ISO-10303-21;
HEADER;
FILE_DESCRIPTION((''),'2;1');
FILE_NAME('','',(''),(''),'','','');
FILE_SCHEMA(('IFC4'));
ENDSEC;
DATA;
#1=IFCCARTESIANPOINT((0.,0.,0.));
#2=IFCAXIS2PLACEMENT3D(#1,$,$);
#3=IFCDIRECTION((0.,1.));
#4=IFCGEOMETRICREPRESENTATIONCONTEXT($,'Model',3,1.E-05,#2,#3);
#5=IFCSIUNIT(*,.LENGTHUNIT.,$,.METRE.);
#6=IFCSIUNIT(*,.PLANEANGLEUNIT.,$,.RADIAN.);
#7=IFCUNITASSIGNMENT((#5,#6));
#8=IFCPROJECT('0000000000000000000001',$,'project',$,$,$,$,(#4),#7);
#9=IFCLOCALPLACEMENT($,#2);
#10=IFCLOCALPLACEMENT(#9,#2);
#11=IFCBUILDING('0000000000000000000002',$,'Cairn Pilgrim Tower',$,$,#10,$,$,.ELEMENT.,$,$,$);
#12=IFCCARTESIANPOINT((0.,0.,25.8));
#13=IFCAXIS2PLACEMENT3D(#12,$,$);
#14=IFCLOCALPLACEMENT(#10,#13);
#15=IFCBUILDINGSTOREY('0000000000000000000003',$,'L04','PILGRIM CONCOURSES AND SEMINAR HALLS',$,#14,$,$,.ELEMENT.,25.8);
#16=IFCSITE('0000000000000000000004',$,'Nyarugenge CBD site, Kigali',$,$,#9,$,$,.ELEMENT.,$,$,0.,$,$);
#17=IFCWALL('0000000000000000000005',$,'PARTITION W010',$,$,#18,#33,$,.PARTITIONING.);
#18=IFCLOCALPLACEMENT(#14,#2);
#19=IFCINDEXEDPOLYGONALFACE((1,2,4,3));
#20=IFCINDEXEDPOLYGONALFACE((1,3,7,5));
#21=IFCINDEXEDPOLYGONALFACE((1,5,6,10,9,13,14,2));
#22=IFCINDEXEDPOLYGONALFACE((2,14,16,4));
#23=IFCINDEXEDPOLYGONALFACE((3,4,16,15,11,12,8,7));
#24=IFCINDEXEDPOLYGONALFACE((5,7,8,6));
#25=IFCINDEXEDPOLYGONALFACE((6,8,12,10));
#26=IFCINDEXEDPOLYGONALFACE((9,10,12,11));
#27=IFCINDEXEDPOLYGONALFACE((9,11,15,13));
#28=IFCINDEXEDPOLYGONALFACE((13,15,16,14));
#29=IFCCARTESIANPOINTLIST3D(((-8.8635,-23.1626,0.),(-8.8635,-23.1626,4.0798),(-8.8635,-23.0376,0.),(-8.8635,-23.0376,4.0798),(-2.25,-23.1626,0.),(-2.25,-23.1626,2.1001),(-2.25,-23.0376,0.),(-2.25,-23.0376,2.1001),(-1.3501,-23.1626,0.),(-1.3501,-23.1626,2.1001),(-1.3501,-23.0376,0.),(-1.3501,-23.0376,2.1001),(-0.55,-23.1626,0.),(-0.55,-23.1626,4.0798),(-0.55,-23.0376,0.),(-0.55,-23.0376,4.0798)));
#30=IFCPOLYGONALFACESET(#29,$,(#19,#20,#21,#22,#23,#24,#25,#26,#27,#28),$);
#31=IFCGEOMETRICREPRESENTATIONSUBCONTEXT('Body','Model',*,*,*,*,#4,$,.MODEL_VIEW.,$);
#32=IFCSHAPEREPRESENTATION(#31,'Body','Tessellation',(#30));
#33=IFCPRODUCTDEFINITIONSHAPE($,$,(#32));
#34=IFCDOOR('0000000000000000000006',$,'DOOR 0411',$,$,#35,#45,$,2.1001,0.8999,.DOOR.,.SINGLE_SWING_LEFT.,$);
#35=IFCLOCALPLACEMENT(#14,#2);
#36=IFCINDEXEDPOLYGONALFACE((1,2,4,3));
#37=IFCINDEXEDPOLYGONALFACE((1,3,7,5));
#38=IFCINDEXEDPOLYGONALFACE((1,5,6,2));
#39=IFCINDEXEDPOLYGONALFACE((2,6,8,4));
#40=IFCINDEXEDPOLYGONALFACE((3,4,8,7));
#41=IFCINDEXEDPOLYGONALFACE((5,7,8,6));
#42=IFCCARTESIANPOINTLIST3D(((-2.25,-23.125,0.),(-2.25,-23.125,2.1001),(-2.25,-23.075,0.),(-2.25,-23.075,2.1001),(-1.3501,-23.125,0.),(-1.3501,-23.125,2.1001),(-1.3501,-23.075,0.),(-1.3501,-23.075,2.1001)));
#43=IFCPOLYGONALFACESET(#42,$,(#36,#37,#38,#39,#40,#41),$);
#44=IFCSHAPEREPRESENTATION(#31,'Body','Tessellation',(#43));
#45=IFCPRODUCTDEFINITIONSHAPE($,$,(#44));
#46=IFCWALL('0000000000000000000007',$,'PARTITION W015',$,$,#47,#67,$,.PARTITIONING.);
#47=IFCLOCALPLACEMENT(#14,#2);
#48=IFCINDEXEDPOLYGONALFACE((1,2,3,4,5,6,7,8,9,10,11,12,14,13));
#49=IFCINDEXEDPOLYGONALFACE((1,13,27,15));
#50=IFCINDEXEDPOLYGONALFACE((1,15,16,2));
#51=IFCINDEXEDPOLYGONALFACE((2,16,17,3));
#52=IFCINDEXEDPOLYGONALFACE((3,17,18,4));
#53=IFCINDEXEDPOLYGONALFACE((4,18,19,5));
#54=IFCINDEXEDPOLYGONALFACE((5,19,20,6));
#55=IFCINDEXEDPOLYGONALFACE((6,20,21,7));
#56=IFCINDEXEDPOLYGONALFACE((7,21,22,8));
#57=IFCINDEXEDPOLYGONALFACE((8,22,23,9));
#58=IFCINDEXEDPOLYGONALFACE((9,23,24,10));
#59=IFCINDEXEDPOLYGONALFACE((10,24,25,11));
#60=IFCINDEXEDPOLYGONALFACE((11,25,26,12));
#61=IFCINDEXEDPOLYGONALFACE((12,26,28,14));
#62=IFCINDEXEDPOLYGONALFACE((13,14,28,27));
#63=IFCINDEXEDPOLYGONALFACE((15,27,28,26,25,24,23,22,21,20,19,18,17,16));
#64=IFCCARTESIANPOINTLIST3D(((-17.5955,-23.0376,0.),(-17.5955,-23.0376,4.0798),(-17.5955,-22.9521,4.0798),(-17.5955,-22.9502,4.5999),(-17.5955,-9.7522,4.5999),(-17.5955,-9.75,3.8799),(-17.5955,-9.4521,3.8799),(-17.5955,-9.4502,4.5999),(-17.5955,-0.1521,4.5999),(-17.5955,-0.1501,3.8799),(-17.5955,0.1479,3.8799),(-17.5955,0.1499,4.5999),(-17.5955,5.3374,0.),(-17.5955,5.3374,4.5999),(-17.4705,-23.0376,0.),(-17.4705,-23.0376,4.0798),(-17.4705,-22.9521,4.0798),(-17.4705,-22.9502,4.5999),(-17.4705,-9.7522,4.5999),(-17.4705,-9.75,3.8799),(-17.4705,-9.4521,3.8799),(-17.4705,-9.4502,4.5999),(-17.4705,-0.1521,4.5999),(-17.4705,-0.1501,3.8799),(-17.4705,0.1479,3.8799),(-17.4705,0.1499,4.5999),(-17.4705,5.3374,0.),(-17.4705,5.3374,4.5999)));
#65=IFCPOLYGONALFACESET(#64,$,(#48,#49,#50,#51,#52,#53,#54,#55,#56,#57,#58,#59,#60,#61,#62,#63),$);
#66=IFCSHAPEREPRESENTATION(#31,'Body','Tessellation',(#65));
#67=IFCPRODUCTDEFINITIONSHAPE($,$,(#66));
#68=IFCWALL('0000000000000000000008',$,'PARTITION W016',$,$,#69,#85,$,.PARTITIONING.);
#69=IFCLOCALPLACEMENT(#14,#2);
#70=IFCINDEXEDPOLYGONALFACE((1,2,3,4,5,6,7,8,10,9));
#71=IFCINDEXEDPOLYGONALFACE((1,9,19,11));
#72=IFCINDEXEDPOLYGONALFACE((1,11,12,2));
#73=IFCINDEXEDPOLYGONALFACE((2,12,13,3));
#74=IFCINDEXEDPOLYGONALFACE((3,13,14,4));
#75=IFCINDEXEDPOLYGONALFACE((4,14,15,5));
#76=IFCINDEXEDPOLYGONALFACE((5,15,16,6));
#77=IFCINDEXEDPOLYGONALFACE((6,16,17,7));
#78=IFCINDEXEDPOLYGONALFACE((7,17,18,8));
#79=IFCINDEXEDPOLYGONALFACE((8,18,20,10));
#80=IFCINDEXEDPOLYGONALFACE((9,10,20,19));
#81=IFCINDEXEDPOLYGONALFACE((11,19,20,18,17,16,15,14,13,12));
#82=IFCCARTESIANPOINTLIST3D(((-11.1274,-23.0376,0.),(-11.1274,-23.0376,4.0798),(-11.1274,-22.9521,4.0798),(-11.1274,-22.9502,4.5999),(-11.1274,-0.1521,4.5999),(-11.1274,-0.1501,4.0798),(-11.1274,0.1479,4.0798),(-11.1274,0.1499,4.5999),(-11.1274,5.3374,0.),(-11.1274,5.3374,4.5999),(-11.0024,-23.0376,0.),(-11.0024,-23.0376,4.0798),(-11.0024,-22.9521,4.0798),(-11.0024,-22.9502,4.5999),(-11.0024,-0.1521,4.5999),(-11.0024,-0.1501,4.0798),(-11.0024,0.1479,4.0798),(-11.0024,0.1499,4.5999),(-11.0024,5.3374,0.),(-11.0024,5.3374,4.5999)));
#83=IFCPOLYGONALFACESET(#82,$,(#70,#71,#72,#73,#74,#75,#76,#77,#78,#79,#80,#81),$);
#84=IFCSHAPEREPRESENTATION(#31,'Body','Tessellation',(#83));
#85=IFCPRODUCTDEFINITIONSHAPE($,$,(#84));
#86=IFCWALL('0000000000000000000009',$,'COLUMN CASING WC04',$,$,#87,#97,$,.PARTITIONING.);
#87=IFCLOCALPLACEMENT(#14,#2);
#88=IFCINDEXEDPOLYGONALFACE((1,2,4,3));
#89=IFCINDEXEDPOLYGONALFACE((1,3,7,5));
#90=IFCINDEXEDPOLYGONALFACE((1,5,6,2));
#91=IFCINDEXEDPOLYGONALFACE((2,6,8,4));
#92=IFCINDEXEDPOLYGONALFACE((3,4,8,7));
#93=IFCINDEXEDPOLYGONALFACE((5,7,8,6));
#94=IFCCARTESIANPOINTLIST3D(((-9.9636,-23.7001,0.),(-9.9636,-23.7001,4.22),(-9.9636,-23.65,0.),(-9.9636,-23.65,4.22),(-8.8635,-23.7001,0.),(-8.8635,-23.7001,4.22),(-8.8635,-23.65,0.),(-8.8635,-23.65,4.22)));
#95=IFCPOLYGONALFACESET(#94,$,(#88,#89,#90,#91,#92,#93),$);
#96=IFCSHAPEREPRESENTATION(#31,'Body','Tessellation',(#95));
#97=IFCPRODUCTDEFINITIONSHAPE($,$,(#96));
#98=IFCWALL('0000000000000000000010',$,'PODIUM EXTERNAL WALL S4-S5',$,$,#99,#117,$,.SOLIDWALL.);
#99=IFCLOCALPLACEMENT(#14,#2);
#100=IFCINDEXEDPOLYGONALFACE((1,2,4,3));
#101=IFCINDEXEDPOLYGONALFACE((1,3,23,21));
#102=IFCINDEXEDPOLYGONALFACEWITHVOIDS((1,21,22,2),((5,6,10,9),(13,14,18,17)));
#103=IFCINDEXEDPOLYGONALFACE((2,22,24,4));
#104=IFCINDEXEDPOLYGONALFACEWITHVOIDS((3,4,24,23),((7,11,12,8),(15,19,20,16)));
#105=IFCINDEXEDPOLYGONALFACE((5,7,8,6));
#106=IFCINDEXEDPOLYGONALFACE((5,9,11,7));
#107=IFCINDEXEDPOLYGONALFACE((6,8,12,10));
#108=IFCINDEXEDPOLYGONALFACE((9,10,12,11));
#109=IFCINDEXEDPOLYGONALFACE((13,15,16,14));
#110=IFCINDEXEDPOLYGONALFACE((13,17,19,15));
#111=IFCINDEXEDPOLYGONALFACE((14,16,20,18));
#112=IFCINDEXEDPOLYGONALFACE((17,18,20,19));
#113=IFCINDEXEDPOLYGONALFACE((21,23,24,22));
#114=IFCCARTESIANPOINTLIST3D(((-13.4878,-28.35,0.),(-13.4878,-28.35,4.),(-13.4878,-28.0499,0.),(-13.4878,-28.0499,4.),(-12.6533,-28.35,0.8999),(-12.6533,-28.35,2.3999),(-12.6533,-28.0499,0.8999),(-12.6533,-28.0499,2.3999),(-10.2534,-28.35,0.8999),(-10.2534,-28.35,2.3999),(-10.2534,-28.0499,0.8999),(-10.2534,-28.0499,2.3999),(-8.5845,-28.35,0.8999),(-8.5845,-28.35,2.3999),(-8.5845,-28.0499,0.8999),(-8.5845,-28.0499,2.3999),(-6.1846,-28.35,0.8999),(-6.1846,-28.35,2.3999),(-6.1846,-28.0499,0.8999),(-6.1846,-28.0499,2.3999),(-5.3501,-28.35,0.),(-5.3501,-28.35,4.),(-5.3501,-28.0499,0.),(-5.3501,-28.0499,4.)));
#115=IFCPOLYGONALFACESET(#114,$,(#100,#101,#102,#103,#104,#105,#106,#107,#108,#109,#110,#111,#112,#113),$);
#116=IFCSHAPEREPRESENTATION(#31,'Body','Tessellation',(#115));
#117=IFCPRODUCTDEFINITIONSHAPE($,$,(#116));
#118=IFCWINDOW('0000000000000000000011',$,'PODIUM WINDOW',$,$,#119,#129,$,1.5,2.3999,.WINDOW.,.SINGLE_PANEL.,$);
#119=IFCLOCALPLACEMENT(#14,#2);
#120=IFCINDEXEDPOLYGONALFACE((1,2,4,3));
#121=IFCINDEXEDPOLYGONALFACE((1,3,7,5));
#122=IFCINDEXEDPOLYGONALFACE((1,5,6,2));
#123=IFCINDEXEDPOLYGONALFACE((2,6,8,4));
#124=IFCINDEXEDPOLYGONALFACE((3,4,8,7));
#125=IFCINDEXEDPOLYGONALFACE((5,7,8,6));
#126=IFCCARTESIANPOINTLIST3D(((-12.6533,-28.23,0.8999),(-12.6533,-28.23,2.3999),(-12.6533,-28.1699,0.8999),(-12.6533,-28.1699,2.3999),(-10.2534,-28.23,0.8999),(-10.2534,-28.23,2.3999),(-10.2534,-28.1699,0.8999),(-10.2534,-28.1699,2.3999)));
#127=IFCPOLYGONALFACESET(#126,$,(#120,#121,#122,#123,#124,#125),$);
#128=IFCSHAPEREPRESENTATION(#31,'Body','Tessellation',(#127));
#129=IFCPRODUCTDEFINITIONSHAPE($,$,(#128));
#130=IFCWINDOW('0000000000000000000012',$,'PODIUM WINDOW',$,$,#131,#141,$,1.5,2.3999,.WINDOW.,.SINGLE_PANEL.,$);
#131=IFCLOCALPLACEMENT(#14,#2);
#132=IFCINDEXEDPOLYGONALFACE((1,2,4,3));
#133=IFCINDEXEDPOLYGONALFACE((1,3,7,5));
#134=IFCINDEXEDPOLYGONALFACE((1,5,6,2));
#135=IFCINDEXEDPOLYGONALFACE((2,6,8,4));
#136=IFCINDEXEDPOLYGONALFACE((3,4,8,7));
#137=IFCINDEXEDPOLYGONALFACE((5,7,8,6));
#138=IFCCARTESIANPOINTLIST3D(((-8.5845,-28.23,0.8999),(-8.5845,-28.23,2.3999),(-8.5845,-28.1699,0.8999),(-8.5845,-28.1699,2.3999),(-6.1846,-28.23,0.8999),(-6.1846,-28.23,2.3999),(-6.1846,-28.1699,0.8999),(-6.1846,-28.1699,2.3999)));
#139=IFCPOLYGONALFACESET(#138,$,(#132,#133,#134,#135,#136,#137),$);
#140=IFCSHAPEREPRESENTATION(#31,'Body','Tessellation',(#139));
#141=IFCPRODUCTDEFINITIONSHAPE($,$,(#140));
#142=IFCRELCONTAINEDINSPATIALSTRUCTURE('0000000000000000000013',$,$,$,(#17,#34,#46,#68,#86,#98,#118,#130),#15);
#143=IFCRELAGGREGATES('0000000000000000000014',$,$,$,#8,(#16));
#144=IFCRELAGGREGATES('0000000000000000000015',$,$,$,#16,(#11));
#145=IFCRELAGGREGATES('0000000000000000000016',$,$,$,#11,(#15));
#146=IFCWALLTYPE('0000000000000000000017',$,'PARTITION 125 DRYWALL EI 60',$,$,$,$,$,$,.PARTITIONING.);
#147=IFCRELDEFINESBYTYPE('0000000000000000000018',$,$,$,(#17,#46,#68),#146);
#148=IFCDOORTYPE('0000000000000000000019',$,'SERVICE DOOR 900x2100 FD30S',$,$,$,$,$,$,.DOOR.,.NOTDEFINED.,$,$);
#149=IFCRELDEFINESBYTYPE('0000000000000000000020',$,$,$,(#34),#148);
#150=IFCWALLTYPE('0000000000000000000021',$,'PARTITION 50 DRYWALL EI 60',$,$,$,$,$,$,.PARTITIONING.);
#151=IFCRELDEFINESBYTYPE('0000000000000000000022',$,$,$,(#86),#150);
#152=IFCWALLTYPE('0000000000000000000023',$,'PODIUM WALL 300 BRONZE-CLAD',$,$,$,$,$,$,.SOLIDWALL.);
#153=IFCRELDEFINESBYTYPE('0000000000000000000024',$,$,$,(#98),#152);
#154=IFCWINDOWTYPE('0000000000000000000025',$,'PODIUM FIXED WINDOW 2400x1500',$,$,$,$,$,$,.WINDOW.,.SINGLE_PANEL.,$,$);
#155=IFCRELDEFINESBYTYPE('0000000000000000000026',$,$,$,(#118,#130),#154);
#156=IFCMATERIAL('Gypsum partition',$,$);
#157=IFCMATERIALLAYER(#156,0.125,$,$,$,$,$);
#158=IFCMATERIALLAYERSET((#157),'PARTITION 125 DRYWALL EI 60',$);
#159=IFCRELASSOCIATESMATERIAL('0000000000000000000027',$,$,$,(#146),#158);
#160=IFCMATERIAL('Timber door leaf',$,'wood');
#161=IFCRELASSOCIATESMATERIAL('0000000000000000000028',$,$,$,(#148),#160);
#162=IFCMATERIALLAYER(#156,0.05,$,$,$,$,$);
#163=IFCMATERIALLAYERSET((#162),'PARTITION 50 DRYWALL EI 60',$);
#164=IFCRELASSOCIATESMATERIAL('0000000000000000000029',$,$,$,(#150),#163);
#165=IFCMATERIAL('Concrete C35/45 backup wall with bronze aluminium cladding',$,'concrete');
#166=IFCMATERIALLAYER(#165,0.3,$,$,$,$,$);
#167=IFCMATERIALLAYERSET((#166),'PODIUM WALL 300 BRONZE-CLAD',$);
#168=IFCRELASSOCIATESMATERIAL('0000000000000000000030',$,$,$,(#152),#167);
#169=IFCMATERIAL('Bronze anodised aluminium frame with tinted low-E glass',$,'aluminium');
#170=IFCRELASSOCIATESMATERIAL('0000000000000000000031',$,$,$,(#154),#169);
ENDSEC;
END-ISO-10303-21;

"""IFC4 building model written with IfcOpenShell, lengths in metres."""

from ifc_helpers import new_model, si_unit, direction, frame, frame_2d, origin, place, context, subcontext, project, spatial, polyline, rectangle, outline, extrude, material, layer, layer_set, type_object, element, fill, save


model = new_model("IFC4")

# Units and contexts
model_context = context("Model", 3, precision=1e-05, world=origin(), true_north=direction((0.0, 1.0)))
body_context = subcontext(model_context, "Body", "Model", "MODEL_VIEW")
ifc_project = project(units=[si_unit("LENGTHUNIT", "METRE"), si_unit("PLANEANGLEUNIT", "RADIAN")], contexts=[model_context])

# Site, building, storey
site_placement = place(None, origin())
site = spatial("IfcSite", under=ifc_project, at=site_placement, Name="Nyarugenge CBD site, Kigali", CompositionType="ELEMENT", RefElevation=0.0)
building_placement = place(site_placement, origin())
building = spatial("IfcBuilding", under=site, at=building_placement, Name="Cairn Pilgrim Tower", CompositionType="ELEMENT")
storey_placement = place(building_placement, frame((0.0, 0.0, 25.8)))
storey = spatial("IfcBuildingStorey", under=building, at=storey_placement, Name="L04", Description="PILGRIM CONCOURSES AND SEMINAR HALLS", CompositionType="ELEMENT", Elevation=25.8)

# Shared definitions
ifc_material_1 = material(Name="Gypsum partition")
ifc_layer_1 = layer(ifc_material_1, 0.125)
ifc_layer_set_1 = layer_set([ifc_layer_1], Name="PARTITION 125 DRYWALL EI 60")
wall_type_1 = type_object("IfcWallType", Name="PARTITION 125 DRYWALL EI 60", PredefinedType="PARTITIONING", material=ifc_layer_set_1)

# Wall, opening, door
wall_1_placement = place(storey_placement, frame((-8.8635, -23.1001, 0.0), z_axis=(0.0, 0.0, 1.0), x_axis=(1.0, 0.0, 0.0)))
wall_1 = element("IfcWall", 1, at=wall_1_placement, inside=storey, type_object=wall_type_1, Name="PARTITION W010", PredefinedType="PARTITIONING", context=body_context, shape_type="SweptSolid", body=[
    extrude(rectangle(XDim=8.3135, YDim=0.125, at=frame_2d((4.1567, 0.0))), origin(), (0.0, 0.0, 1.0), 4.0798),
])
opening_1_placement = place(wall_1_placement, frame((6.6135, 0.0, 0.0)))
opening_1 = element("IfcOpeningElement", 2, at=opening_1_placement, cuts=wall_1, PredefinedType="OPENING", context=body_context, shape_type="SweptSolid", body=[
    extrude(rectangle(XDim=0.8999, YDim=2.1001, at=frame_2d((0.45, 1.05))), frame((0.0, 0.0725, 0.0), z_axis=(0.0, -1.0, 0.0), x_axis=(1.0, 0.0, 0.0)), (0.0, 0.0, 1.0), 0.145),
])
ifc_material_2 = material(Name="Timber door leaf", Category="wood")
door_type = type_object("IfcDoorType", Name="SERVICE DOOR 900x2100 FD30S", OperationType="NOTDEFINED", PredefinedType="DOOR", material=ifc_material_2)
door_placement = place(opening_1_placement, frame((0.8999, 0.0, 0.0), z_axis=(0.0, 0.0, 1.0), x_axis=(-1.0, 0.0, 0.0)))
door = element("IfcDoor", 3, at=door_placement, inside=storey, type_object=door_type, Name="DOOR 0411", OperationType="SINGLE_SWING_LEFT", OverallHeight=2.1001, OverallWidth=0.8999, PredefinedType="DOOR", context=body_context, shape_type="SweptSolid", body=[
    extrude(rectangle(XDim=0.8999, YDim=2.1001, at=frame_2d((0.45, 1.05))), frame((0.0, 0.0249, 0.0), z_axis=(0.0, -1.0, 0.0), x_axis=(1.0, 0.0, 0.0)), (0.0, 0.0, 1.0), 0.05),
])
fill(opening_1, door)

# Walls
wall_2_placement = place(storey_placement, frame((-17.533, -23.0376, 0.0), z_axis=(0.0, 0.0, 1.0), x_axis=(0.0, 1.0, 0.0)))
element("IfcWall", 4, at=wall_2_placement, inside=storey, type_object=wall_type_1, Name="PARTITION W015", PredefinedType="PARTITIONING", context=body_context, shape_type="SweptSolid", body=[
    extrude(outline(polyline([(0.0, 0.0), (28.375, 0.0), (28.375, 4.5999), (23.1875, 4.5999), (23.1855, 3.8799), (22.8875, 3.8799), (22.8855, 4.5999), (13.5874, 4.5999), (13.5854, 3.8799), (13.2876, 3.8799), (13.2854, 4.5999), (0.0874, 4.5999), (0.0854, 4.0798), (0.0, 4.0798), (0.0, 0.0)])), frame((0.0, 0.0625, 0.0), z_axis=(0.0, -1.0, 0.0), x_axis=(1.0, 0.0, 0.0)), (0.0, 0.0, 1.0), 0.125),
])
wall_3_placement = place(storey_placement, frame((-11.0649, -23.0376, 0.0), z_axis=(0.0, 0.0, 1.0), x_axis=(0.0, 1.0, 0.0)))
element("IfcWall", 5, at=wall_3_placement, inside=storey, type_object=wall_type_1, Name="PARTITION W016", PredefinedType="PARTITIONING", context=body_context, shape_type="SweptSolid", body=[
    extrude(outline(polyline([(0.0, 0.0), (28.375, 0.0), (28.375, 4.5999), (23.1875, 4.5999), (23.1855, 4.0798), (22.8875, 4.0798), (22.8855, 4.5999), (0.0874, 4.5999), (0.0854, 4.0798), (0.0, 4.0798), (0.0, 0.0)])), frame((0.0, 0.0625, 0.0), z_axis=(0.0, -1.0, 0.0), x_axis=(1.0, 0.0, 0.0)), (0.0, 0.0, 1.0), 0.125),
])
ifc_layer_2 = layer(ifc_material_1, 0.05)
ifc_layer_set_2 = layer_set([ifc_layer_2], Name="PARTITION 50 DRYWALL EI 60")
wall_type_2 = type_object("IfcWallType", Name="PARTITION 50 DRYWALL EI 60", PredefinedType="PARTITIONING", material=ifc_layer_set_2)
wall_4_placement = place(storey_placement, frame((-9.9636, -23.675, 0.0), z_axis=(0.0, 0.0, 1.0), x_axis=(1.0, 0.0, 0.0)))
element("IfcWall", 6, at=wall_4_placement, inside=storey, type_object=wall_type_2, Name="COLUMN CASING WC04", PredefinedType="PARTITIONING", context=body_context, shape_type="SweptSolid", body=[
    extrude(rectangle(XDim=1.1001, YDim=0.05, at=frame_2d((0.55, 0.0))), origin(), (0.0, 0.0, 1.0), 4.22),
])

# Wall, openings, windows
ifc_material_3 = material(Name="Concrete C35/45 backup wall with bronze aluminium cladding", Category="concrete")
ifc_layer_3 = layer(ifc_material_3, 0.3)
ifc_layer_set_3 = layer_set([ifc_layer_3], Name="PODIUM WALL 300 BRONZE-CLAD")
wall_type_3 = type_object("IfcWallType", Name="PODIUM WALL 300 BRONZE-CLAD", PredefinedType="SOLIDWALL", material=ifc_layer_set_3)
wall_5_placement = place(storey_placement, frame((-13.4878, -28.2, 0.0), z_axis=(0.0, 0.0, 1.0), x_axis=(1.0, 0.0, 0.0)))
wall_5 = element("IfcWall", 7, at=wall_5_placement, inside=storey, type_object=wall_type_3, Name="PODIUM EXTERNAL WALL S4-S5", PredefinedType="SOLIDWALL", context=body_context, shape_type="SweptSolid", body=[
    extrude(rectangle(XDim=8.1377, YDim=0.3, at=frame_2d((4.0688, 0.0))), origin(), (0.0, 0.0, 1.0), 4.0),
])
opening_2_placement = place(wall_5_placement, frame((0.8345, 0.0, 0.8999)))
opening_2 = element("IfcOpeningElement", 8, at=opening_2_placement, cuts=wall_5, PredefinedType="OPENING", context=body_context, shape_type="SweptSolid", body=[
    extrude(rectangle(XDim=2.3999, YDim=1.5, at=frame_2d((1.2, 0.75))), frame((0.0, 0.1602, 0.0), z_axis=(0.0, -1.0, 0.0), x_axis=(1.0, 0.0, 0.0)), (0.0, 0.0, 1.0), 0.3201),
])
opening_3_placement = place(wall_5_placement, frame((4.9033, 0.0, 0.8999)))
opening_3 = element("IfcOpeningElement", 9, at=opening_3_placement, cuts=wall_5, PredefinedType="OPENING", context=body_context, shape_type="SweptSolid", body=[
    extrude(rectangle(XDim=2.3999, YDim=1.5, at=frame_2d((1.2, 0.75))), frame((0.0, 0.1602, 0.0), z_axis=(0.0, -1.0, 0.0), x_axis=(1.0, 0.0, 0.0)), (0.0, 0.0, 1.0), 0.3201),
])
ifc_material_4 = material(Name="Bronze anodised aluminium frame with tinted low-E glass", Category="aluminium")
window_type = type_object("IfcWindowType", Name="PODIUM FIXED WINDOW 2400x1500", PartitioningType="SINGLE_PANEL", PredefinedType="WINDOW", material=ifc_material_4)
window_1_placement = place(opening_2_placement, origin())
window_1 = element("IfcWindow", 10, at=window_1_placement, inside=storey, type_object=window_type, Name="PODIUM WINDOW", OverallHeight=1.5, OverallWidth=2.3999, PartitioningType="SINGLE_PANEL", PredefinedType="WINDOW", context=body_context, shape_type="SweptSolid", body=[
    extrude(rectangle(XDim=2.3999, YDim=1.5, at=frame_2d((1.2, 0.75))), frame((0.0, 0.03, 0.0), z_axis=(0.0, -1.0, 0.0), x_axis=(1.0, 0.0, 0.0)), (0.0, 0.0, 1.0), 0.0601),
])
fill(opening_2, window_1)
window_2_placement = place(opening_3_placement, origin())
window_2 = element("IfcWindow", 11, at=window_2_placement, inside=storey, type_object=window_type, Name="PODIUM WINDOW", OverallHeight=1.5, OverallWidth=2.3999, PartitioningType="SINGLE_PANEL", PredefinedType="WINDOW", context=body_context, shape_type="SweptSolid", body=[
    extrude(rectangle(XDim=2.3999, YDim=1.5, at=frame_2d((1.2, 0.75))), frame((0.0, 0.03, 0.0), z_axis=(0.0, -1.0, 0.0), x_axis=(1.0, 0.0, 0.0)), (0.0, 0.0, 1.0), 0.0601),
])
fill(opening_3, window_2)

save(model, "model.ifc")
